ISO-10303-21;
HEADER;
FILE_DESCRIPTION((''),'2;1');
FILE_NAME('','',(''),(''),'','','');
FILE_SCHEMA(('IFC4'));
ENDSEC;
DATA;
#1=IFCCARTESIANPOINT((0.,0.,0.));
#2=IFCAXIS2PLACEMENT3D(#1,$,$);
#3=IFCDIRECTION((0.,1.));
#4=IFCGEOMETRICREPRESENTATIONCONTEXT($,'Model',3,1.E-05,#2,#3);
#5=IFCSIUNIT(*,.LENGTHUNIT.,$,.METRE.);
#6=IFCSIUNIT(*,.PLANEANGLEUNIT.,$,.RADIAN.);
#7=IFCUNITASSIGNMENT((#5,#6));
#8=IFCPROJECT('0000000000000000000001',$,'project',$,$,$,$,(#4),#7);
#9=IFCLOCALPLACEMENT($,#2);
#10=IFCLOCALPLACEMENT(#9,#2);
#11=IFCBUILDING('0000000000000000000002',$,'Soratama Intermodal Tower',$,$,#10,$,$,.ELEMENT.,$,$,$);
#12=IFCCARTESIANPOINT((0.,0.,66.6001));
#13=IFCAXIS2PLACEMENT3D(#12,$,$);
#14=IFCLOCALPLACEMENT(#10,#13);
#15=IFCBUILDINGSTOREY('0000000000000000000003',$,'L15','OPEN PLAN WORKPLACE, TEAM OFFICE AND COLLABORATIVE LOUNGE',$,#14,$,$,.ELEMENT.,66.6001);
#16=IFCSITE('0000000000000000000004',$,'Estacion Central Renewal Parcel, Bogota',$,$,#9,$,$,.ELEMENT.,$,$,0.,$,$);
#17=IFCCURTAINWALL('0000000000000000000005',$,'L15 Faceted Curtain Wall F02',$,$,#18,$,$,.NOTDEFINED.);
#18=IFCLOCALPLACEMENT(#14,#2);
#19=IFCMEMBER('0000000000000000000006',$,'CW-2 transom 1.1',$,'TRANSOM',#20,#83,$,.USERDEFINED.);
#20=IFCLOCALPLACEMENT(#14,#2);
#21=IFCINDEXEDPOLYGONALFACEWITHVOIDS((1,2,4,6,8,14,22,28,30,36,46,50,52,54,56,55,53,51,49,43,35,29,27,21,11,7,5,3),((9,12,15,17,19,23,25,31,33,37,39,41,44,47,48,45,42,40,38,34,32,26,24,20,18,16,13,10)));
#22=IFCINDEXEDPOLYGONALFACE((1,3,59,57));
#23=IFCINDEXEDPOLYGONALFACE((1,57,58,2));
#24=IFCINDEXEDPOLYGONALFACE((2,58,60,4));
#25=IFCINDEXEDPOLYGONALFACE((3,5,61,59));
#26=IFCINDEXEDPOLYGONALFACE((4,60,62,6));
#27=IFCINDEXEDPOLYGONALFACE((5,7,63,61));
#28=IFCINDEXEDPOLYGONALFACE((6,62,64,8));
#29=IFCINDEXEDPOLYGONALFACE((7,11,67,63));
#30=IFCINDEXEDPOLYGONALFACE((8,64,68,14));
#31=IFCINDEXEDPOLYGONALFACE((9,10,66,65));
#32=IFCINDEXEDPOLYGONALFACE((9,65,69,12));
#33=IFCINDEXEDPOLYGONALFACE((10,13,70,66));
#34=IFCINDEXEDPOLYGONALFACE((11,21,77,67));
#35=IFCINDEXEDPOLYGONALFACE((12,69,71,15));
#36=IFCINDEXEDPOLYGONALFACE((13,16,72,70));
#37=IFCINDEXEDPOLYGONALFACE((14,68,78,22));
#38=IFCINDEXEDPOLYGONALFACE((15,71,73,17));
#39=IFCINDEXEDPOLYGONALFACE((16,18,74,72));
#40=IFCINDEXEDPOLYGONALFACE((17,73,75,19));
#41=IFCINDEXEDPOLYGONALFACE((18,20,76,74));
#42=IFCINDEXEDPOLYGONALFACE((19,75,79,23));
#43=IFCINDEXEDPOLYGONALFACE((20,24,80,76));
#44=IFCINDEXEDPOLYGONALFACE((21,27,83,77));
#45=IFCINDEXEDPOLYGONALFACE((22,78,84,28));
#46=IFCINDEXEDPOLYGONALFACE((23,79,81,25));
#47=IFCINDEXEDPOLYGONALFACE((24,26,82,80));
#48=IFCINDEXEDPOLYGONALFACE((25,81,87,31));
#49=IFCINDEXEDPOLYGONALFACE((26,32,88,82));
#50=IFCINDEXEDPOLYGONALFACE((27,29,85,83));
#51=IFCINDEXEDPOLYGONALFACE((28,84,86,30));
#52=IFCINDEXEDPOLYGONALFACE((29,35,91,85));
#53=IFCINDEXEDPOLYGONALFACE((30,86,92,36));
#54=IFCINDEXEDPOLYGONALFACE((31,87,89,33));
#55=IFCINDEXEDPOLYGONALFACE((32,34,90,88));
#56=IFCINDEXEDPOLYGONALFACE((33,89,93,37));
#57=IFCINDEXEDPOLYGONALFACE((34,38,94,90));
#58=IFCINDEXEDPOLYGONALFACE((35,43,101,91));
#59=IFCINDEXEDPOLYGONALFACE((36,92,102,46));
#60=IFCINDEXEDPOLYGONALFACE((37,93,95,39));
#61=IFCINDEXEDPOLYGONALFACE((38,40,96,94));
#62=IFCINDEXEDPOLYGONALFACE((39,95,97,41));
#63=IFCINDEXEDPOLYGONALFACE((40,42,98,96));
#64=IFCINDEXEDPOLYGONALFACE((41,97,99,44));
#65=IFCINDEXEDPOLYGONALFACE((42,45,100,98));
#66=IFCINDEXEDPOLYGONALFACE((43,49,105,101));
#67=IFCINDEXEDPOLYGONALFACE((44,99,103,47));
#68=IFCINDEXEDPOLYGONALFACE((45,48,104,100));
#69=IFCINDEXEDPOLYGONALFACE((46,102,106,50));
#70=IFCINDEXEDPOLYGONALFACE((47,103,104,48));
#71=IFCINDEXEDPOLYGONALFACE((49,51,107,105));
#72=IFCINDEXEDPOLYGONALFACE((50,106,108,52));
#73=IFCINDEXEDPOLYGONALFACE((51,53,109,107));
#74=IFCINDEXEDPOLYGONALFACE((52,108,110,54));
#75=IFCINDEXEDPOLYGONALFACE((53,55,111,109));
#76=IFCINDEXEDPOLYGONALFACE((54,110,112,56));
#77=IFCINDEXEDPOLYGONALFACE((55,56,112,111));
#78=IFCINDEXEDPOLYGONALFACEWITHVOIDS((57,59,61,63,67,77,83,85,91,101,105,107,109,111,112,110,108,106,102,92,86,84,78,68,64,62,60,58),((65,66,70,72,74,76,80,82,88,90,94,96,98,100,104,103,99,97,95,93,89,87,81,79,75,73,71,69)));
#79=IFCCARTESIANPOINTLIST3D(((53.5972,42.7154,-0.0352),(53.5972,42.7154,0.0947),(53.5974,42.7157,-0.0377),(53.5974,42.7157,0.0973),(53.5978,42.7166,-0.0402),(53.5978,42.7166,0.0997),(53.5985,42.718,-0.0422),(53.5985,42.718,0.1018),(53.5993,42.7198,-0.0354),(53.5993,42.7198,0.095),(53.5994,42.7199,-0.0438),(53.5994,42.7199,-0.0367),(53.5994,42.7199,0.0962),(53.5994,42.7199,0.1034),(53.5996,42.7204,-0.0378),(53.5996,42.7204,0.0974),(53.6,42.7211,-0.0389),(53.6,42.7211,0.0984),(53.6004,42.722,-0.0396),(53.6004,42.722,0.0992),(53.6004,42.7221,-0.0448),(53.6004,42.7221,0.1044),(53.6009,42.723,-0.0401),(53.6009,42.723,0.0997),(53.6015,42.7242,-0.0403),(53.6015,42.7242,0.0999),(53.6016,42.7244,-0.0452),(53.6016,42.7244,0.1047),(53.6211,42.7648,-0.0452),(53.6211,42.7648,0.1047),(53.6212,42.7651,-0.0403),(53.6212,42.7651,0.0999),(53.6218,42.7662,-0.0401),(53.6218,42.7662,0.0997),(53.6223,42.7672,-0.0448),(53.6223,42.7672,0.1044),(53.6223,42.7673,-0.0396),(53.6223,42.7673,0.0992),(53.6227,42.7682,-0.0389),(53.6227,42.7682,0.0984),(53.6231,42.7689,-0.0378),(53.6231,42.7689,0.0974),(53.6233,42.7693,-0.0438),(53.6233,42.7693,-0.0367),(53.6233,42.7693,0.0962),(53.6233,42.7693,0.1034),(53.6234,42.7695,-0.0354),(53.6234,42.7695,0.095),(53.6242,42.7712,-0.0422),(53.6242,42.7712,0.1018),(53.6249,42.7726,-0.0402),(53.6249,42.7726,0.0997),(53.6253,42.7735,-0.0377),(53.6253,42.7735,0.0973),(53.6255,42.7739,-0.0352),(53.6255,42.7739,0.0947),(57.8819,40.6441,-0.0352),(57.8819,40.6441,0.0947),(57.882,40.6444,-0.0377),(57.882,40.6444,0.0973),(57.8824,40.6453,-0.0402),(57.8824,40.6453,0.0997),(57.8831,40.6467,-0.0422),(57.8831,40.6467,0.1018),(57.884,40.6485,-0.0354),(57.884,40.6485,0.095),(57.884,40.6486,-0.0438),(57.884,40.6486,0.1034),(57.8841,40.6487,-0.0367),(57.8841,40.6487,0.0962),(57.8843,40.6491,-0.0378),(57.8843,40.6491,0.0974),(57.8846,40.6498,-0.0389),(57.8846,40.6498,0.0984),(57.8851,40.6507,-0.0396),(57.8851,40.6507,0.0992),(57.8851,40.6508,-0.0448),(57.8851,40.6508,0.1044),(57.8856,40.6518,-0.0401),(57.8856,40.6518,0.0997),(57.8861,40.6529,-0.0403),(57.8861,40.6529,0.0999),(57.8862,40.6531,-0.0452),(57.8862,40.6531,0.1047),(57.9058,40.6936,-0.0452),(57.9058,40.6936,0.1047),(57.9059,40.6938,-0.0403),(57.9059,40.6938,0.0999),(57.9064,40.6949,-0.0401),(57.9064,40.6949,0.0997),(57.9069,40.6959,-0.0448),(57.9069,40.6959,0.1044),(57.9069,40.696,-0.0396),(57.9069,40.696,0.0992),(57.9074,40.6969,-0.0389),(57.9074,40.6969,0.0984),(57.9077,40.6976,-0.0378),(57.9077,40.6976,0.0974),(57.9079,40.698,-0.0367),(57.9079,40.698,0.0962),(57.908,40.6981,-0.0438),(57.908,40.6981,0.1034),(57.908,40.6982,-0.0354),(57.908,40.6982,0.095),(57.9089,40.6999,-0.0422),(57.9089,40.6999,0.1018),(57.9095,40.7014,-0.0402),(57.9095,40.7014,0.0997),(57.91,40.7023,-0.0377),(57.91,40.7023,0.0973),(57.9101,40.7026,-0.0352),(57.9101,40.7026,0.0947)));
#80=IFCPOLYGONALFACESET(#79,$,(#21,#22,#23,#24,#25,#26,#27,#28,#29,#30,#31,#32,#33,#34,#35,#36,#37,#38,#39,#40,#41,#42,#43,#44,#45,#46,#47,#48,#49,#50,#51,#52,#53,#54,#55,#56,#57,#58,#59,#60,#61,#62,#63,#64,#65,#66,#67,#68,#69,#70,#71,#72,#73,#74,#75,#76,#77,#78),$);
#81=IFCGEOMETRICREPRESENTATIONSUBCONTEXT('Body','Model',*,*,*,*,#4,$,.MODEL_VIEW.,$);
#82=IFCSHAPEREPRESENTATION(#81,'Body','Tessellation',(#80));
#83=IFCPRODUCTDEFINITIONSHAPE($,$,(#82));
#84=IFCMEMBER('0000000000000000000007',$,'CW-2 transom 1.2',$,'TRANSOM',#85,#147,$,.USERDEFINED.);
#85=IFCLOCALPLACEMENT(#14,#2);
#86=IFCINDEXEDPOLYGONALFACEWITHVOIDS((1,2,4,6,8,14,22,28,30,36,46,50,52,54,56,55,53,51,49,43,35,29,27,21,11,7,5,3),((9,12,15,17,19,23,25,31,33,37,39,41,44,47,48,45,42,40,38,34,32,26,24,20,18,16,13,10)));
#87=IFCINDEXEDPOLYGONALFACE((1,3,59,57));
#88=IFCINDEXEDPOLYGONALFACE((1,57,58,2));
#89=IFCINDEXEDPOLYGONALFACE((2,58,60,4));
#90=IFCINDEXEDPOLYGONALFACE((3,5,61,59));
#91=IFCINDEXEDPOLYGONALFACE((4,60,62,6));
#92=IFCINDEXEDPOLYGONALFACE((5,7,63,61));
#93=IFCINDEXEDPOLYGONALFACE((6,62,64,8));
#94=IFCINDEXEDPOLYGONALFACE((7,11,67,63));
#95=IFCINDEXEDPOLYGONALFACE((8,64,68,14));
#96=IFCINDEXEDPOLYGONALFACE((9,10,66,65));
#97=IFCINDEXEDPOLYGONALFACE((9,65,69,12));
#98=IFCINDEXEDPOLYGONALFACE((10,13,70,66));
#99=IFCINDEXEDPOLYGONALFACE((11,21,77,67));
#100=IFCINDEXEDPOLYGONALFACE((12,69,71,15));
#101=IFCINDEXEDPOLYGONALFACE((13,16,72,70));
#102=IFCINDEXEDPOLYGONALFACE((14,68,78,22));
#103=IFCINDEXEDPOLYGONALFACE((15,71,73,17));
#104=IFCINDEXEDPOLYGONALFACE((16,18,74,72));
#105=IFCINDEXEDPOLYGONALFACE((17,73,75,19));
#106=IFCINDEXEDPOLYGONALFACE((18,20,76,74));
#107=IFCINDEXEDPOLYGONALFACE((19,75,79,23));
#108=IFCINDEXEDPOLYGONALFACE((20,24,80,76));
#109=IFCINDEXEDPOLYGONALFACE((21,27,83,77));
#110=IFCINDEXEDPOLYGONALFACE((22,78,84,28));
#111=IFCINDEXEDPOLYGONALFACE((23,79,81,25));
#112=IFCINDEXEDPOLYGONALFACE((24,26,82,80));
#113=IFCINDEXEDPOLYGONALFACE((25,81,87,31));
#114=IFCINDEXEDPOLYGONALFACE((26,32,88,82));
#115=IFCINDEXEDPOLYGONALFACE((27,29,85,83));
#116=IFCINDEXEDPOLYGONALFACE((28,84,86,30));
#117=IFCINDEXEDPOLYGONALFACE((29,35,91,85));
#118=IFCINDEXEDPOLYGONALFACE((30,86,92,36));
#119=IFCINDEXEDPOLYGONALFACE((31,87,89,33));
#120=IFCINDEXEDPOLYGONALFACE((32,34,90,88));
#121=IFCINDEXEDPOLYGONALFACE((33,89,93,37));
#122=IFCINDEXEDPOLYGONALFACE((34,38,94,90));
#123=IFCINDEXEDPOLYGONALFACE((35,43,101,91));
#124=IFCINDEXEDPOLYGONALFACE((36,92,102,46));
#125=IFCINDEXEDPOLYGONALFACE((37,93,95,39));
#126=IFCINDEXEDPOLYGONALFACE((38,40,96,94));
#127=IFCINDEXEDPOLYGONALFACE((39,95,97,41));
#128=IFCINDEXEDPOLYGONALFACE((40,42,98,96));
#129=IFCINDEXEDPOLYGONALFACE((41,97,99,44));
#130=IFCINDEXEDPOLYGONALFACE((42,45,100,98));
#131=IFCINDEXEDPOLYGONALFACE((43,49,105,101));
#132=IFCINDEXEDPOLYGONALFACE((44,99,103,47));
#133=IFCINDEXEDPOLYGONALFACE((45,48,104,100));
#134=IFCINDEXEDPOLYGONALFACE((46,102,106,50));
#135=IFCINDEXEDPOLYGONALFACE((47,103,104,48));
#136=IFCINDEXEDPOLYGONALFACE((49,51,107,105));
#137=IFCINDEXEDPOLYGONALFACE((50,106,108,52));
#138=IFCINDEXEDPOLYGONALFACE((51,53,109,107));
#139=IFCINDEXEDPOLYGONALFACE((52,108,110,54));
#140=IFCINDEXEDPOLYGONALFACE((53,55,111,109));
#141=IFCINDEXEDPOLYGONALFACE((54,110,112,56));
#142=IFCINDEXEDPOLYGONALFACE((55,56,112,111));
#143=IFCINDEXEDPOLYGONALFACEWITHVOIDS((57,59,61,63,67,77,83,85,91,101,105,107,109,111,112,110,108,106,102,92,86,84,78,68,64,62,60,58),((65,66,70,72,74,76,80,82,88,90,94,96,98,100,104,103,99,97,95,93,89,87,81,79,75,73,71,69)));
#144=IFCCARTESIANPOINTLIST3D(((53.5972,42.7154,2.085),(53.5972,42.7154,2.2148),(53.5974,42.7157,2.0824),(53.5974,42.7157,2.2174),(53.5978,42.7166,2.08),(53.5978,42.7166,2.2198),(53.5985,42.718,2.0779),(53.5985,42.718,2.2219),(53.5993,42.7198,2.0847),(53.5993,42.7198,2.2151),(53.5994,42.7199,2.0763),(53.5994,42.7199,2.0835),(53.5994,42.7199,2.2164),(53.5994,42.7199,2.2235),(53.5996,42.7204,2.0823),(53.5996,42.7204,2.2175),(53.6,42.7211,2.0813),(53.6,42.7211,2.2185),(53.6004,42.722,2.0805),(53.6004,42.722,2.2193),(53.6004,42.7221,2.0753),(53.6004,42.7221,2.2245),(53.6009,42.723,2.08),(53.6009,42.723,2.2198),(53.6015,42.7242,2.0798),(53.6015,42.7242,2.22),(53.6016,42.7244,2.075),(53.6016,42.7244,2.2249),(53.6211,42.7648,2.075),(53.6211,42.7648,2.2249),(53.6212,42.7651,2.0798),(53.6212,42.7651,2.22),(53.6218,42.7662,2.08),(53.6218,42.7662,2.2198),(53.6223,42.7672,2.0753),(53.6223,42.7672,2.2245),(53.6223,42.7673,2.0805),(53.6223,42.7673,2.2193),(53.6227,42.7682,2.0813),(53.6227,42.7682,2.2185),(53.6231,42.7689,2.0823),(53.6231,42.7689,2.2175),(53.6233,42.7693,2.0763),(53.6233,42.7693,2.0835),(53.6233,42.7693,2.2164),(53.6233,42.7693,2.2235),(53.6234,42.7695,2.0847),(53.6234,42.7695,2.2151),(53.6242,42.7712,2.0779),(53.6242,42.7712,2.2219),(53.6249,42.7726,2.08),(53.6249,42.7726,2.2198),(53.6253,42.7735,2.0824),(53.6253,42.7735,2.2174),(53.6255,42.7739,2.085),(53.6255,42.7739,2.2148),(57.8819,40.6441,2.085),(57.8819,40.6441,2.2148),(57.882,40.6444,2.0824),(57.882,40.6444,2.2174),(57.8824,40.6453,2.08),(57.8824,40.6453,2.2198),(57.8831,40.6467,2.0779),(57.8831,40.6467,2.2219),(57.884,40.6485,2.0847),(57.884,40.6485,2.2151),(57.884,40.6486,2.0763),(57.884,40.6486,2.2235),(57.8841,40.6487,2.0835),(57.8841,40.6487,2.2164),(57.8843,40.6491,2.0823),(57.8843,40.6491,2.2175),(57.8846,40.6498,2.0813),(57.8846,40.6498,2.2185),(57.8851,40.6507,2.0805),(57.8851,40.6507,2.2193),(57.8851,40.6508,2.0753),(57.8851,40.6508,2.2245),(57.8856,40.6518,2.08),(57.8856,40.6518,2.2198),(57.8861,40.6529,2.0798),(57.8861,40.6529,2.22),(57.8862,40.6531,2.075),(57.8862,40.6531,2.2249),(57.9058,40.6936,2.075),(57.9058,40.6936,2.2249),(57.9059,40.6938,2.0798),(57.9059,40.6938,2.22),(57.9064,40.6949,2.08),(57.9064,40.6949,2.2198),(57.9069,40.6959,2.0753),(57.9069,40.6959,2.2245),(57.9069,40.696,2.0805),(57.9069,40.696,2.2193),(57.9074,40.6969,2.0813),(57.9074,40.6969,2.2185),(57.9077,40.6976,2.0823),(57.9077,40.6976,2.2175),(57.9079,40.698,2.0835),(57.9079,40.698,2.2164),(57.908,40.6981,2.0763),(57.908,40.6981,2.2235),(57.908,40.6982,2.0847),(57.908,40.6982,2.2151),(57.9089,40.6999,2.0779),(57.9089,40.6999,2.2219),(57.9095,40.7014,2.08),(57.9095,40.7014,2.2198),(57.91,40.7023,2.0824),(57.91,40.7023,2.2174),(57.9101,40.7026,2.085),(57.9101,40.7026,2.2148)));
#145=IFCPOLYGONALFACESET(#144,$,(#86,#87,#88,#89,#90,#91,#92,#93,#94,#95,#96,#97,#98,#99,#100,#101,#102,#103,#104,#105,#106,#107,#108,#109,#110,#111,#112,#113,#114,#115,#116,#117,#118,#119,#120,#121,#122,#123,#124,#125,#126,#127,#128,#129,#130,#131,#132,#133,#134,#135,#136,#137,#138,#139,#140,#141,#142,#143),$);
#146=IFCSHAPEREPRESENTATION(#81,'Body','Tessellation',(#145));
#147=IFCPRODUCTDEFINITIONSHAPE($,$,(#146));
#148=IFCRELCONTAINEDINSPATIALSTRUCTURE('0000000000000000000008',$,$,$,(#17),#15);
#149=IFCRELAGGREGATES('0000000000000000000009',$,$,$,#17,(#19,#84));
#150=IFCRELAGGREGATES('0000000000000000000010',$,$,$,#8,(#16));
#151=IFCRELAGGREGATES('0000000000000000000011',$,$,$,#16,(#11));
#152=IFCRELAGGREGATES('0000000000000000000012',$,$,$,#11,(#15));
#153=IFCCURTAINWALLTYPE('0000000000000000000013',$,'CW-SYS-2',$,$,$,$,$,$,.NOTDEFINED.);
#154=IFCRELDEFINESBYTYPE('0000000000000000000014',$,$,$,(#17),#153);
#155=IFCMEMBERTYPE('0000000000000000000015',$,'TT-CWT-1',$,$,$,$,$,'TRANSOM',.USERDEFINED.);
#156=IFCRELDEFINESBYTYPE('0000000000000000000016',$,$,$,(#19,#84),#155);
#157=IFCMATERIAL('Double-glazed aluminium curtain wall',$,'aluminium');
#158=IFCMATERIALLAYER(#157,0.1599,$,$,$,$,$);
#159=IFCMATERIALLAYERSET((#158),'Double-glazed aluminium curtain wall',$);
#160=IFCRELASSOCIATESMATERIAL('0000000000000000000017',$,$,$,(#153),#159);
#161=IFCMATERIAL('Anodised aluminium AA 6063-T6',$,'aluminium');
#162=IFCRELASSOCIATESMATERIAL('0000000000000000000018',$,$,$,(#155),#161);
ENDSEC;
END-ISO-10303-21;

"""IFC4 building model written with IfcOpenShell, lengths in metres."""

from ifc_helpers import new_model, si_unit, direction, frame, origin, origin_2d, place, context, subcontext, project, spatial, hollow_rectangle, extrude, material, layer, layer_set, material_profile, profile_set, type_object, element, aggregate, save


model = new_model("IFC4")

# Units and contexts
model_context = context("Model", 3, precision=1e-05, world=origin(), true_north=direction((0.0, 1.0)))
body_context = subcontext(model_context, "Body", "Model", "MODEL_VIEW")
ifc_project = project(units=[si_unit("LENGTHUNIT", "METRE"), si_unit("PLANEANGLEUNIT", "RADIAN")], contexts=[model_context])

# Site, building, storey
site_placement = place(None, origin())
site = spatial("IfcSite", under=ifc_project, at=site_placement, Name="Estacion Central Renewal Parcel, Bogota", CompositionType="ELEMENT", RefElevation=0.0)
building_placement = place(site_placement, origin())
building = spatial("IfcBuilding", under=site, at=building_placement, Name="Soratama Intermodal Tower", CompositionType="ELEMENT")
storey_placement = place(building_placement, frame((0.0, 0.0, 66.6001)))
storey = spatial("IfcBuildingStorey", under=building, at=storey_placement, Name="L15", Description="OPEN PLAN WORKPLACE, TEAM OFFICE AND COLLABORATIVE LOUNGE", CompositionType="ELEMENT", Elevation=66.6001)

# Curtain wall, members
ifc_material_1 = material(Name="Double-glazed aluminium curtain wall", Category="aluminium")
ifc_layer_1 = layer(ifc_material_1, 0.1599)
ifc_layer_set_1 = layer_set([ifc_layer_1], Name="Double-glazed aluminium curtain wall")
curtain_wall_type = type_object("IfcCurtainWallType", Name="CW-SYS-2", PredefinedType="NOTDEFINED", material=ifc_layer_set_1)
curtain_wall_placement = place(storey_placement, origin())
curtain_wall = element("IfcCurtainWall", 1, at=curtain_wall_placement, inside=storey, type_object=curtain_wall_type, Name="L15 Faceted Curtain Wall F02", PredefinedType="NOTDEFINED")
ifc_material_2 = material(Name="Anodised aluminium AA 6063-T6", Category="aluminium")
ifc_material_profile_1 = material_profile(ifc_material_2, hollow_rectangle(XDim=0.0649, YDim=0.1499, WallThickness=0.0049, InnerFilletRadius=0.0049, OuterFilletRadius=0.01, at=origin_2d()), Name="CWT150X65X5")
ifc_profile_set_1 = profile_set([ifc_material_profile_1], Name="Anodised aluminium AA 6063-T6")
member_type_1 = type_object("IfcMemberType", Name="TT-CWT-1", ElementType="TRANSOM", PredefinedType="USERDEFINED", material=ifc_profile_set_1)
member_1_placement = place(storey_placement, frame((57.896, 40.6733, 0.0298), z_axis=(-0.900319, 0.435231, 0.0), x_axis=(-0.435231, -0.900319, 0.0)))
member_1 = element("IfcMember", 2, at=member_1_placement, type_object=member_type_1, Name="CW-2 transom 1.1", ObjectType="TRANSOM", PredefinedType="USERDEFINED", context=body_context, shape_type="SweptSolid", body=[
    extrude(hollow_rectangle(XDim=0.0649, YDim=0.1499, WallThickness=0.0049, InnerFilletRadius=0.0049, OuterFilletRadius=0.01, at=origin_2d()), origin(), (0.0, 0.0, 1.0), 4.759),
])
member_2_placement = place(storey_placement, frame((57.896, 40.6733, 2.1499), z_axis=(-0.900319, 0.435231, 0.0), x_axis=(-0.435231, -0.900319, 0.0)))
member_2 = element("IfcMember", 3, at=member_2_placement, type_object=member_type_1, Name="CW-2 transom 1.2", ObjectType="TRANSOM", PredefinedType="USERDEFINED", context=body_context, shape_type="SweptSolid", body=[
    extrude(hollow_rectangle(XDim=0.0649, YDim=0.1499, WallThickness=0.0049, InnerFilletRadius=0.0049, OuterFilletRadius=0.01, at=origin_2d()), origin(), (0.0, 0.0, 1.0), 4.759),
])
aggregate(curtain_wall, [member_1, member_2])

save(model, "model.ifc")
